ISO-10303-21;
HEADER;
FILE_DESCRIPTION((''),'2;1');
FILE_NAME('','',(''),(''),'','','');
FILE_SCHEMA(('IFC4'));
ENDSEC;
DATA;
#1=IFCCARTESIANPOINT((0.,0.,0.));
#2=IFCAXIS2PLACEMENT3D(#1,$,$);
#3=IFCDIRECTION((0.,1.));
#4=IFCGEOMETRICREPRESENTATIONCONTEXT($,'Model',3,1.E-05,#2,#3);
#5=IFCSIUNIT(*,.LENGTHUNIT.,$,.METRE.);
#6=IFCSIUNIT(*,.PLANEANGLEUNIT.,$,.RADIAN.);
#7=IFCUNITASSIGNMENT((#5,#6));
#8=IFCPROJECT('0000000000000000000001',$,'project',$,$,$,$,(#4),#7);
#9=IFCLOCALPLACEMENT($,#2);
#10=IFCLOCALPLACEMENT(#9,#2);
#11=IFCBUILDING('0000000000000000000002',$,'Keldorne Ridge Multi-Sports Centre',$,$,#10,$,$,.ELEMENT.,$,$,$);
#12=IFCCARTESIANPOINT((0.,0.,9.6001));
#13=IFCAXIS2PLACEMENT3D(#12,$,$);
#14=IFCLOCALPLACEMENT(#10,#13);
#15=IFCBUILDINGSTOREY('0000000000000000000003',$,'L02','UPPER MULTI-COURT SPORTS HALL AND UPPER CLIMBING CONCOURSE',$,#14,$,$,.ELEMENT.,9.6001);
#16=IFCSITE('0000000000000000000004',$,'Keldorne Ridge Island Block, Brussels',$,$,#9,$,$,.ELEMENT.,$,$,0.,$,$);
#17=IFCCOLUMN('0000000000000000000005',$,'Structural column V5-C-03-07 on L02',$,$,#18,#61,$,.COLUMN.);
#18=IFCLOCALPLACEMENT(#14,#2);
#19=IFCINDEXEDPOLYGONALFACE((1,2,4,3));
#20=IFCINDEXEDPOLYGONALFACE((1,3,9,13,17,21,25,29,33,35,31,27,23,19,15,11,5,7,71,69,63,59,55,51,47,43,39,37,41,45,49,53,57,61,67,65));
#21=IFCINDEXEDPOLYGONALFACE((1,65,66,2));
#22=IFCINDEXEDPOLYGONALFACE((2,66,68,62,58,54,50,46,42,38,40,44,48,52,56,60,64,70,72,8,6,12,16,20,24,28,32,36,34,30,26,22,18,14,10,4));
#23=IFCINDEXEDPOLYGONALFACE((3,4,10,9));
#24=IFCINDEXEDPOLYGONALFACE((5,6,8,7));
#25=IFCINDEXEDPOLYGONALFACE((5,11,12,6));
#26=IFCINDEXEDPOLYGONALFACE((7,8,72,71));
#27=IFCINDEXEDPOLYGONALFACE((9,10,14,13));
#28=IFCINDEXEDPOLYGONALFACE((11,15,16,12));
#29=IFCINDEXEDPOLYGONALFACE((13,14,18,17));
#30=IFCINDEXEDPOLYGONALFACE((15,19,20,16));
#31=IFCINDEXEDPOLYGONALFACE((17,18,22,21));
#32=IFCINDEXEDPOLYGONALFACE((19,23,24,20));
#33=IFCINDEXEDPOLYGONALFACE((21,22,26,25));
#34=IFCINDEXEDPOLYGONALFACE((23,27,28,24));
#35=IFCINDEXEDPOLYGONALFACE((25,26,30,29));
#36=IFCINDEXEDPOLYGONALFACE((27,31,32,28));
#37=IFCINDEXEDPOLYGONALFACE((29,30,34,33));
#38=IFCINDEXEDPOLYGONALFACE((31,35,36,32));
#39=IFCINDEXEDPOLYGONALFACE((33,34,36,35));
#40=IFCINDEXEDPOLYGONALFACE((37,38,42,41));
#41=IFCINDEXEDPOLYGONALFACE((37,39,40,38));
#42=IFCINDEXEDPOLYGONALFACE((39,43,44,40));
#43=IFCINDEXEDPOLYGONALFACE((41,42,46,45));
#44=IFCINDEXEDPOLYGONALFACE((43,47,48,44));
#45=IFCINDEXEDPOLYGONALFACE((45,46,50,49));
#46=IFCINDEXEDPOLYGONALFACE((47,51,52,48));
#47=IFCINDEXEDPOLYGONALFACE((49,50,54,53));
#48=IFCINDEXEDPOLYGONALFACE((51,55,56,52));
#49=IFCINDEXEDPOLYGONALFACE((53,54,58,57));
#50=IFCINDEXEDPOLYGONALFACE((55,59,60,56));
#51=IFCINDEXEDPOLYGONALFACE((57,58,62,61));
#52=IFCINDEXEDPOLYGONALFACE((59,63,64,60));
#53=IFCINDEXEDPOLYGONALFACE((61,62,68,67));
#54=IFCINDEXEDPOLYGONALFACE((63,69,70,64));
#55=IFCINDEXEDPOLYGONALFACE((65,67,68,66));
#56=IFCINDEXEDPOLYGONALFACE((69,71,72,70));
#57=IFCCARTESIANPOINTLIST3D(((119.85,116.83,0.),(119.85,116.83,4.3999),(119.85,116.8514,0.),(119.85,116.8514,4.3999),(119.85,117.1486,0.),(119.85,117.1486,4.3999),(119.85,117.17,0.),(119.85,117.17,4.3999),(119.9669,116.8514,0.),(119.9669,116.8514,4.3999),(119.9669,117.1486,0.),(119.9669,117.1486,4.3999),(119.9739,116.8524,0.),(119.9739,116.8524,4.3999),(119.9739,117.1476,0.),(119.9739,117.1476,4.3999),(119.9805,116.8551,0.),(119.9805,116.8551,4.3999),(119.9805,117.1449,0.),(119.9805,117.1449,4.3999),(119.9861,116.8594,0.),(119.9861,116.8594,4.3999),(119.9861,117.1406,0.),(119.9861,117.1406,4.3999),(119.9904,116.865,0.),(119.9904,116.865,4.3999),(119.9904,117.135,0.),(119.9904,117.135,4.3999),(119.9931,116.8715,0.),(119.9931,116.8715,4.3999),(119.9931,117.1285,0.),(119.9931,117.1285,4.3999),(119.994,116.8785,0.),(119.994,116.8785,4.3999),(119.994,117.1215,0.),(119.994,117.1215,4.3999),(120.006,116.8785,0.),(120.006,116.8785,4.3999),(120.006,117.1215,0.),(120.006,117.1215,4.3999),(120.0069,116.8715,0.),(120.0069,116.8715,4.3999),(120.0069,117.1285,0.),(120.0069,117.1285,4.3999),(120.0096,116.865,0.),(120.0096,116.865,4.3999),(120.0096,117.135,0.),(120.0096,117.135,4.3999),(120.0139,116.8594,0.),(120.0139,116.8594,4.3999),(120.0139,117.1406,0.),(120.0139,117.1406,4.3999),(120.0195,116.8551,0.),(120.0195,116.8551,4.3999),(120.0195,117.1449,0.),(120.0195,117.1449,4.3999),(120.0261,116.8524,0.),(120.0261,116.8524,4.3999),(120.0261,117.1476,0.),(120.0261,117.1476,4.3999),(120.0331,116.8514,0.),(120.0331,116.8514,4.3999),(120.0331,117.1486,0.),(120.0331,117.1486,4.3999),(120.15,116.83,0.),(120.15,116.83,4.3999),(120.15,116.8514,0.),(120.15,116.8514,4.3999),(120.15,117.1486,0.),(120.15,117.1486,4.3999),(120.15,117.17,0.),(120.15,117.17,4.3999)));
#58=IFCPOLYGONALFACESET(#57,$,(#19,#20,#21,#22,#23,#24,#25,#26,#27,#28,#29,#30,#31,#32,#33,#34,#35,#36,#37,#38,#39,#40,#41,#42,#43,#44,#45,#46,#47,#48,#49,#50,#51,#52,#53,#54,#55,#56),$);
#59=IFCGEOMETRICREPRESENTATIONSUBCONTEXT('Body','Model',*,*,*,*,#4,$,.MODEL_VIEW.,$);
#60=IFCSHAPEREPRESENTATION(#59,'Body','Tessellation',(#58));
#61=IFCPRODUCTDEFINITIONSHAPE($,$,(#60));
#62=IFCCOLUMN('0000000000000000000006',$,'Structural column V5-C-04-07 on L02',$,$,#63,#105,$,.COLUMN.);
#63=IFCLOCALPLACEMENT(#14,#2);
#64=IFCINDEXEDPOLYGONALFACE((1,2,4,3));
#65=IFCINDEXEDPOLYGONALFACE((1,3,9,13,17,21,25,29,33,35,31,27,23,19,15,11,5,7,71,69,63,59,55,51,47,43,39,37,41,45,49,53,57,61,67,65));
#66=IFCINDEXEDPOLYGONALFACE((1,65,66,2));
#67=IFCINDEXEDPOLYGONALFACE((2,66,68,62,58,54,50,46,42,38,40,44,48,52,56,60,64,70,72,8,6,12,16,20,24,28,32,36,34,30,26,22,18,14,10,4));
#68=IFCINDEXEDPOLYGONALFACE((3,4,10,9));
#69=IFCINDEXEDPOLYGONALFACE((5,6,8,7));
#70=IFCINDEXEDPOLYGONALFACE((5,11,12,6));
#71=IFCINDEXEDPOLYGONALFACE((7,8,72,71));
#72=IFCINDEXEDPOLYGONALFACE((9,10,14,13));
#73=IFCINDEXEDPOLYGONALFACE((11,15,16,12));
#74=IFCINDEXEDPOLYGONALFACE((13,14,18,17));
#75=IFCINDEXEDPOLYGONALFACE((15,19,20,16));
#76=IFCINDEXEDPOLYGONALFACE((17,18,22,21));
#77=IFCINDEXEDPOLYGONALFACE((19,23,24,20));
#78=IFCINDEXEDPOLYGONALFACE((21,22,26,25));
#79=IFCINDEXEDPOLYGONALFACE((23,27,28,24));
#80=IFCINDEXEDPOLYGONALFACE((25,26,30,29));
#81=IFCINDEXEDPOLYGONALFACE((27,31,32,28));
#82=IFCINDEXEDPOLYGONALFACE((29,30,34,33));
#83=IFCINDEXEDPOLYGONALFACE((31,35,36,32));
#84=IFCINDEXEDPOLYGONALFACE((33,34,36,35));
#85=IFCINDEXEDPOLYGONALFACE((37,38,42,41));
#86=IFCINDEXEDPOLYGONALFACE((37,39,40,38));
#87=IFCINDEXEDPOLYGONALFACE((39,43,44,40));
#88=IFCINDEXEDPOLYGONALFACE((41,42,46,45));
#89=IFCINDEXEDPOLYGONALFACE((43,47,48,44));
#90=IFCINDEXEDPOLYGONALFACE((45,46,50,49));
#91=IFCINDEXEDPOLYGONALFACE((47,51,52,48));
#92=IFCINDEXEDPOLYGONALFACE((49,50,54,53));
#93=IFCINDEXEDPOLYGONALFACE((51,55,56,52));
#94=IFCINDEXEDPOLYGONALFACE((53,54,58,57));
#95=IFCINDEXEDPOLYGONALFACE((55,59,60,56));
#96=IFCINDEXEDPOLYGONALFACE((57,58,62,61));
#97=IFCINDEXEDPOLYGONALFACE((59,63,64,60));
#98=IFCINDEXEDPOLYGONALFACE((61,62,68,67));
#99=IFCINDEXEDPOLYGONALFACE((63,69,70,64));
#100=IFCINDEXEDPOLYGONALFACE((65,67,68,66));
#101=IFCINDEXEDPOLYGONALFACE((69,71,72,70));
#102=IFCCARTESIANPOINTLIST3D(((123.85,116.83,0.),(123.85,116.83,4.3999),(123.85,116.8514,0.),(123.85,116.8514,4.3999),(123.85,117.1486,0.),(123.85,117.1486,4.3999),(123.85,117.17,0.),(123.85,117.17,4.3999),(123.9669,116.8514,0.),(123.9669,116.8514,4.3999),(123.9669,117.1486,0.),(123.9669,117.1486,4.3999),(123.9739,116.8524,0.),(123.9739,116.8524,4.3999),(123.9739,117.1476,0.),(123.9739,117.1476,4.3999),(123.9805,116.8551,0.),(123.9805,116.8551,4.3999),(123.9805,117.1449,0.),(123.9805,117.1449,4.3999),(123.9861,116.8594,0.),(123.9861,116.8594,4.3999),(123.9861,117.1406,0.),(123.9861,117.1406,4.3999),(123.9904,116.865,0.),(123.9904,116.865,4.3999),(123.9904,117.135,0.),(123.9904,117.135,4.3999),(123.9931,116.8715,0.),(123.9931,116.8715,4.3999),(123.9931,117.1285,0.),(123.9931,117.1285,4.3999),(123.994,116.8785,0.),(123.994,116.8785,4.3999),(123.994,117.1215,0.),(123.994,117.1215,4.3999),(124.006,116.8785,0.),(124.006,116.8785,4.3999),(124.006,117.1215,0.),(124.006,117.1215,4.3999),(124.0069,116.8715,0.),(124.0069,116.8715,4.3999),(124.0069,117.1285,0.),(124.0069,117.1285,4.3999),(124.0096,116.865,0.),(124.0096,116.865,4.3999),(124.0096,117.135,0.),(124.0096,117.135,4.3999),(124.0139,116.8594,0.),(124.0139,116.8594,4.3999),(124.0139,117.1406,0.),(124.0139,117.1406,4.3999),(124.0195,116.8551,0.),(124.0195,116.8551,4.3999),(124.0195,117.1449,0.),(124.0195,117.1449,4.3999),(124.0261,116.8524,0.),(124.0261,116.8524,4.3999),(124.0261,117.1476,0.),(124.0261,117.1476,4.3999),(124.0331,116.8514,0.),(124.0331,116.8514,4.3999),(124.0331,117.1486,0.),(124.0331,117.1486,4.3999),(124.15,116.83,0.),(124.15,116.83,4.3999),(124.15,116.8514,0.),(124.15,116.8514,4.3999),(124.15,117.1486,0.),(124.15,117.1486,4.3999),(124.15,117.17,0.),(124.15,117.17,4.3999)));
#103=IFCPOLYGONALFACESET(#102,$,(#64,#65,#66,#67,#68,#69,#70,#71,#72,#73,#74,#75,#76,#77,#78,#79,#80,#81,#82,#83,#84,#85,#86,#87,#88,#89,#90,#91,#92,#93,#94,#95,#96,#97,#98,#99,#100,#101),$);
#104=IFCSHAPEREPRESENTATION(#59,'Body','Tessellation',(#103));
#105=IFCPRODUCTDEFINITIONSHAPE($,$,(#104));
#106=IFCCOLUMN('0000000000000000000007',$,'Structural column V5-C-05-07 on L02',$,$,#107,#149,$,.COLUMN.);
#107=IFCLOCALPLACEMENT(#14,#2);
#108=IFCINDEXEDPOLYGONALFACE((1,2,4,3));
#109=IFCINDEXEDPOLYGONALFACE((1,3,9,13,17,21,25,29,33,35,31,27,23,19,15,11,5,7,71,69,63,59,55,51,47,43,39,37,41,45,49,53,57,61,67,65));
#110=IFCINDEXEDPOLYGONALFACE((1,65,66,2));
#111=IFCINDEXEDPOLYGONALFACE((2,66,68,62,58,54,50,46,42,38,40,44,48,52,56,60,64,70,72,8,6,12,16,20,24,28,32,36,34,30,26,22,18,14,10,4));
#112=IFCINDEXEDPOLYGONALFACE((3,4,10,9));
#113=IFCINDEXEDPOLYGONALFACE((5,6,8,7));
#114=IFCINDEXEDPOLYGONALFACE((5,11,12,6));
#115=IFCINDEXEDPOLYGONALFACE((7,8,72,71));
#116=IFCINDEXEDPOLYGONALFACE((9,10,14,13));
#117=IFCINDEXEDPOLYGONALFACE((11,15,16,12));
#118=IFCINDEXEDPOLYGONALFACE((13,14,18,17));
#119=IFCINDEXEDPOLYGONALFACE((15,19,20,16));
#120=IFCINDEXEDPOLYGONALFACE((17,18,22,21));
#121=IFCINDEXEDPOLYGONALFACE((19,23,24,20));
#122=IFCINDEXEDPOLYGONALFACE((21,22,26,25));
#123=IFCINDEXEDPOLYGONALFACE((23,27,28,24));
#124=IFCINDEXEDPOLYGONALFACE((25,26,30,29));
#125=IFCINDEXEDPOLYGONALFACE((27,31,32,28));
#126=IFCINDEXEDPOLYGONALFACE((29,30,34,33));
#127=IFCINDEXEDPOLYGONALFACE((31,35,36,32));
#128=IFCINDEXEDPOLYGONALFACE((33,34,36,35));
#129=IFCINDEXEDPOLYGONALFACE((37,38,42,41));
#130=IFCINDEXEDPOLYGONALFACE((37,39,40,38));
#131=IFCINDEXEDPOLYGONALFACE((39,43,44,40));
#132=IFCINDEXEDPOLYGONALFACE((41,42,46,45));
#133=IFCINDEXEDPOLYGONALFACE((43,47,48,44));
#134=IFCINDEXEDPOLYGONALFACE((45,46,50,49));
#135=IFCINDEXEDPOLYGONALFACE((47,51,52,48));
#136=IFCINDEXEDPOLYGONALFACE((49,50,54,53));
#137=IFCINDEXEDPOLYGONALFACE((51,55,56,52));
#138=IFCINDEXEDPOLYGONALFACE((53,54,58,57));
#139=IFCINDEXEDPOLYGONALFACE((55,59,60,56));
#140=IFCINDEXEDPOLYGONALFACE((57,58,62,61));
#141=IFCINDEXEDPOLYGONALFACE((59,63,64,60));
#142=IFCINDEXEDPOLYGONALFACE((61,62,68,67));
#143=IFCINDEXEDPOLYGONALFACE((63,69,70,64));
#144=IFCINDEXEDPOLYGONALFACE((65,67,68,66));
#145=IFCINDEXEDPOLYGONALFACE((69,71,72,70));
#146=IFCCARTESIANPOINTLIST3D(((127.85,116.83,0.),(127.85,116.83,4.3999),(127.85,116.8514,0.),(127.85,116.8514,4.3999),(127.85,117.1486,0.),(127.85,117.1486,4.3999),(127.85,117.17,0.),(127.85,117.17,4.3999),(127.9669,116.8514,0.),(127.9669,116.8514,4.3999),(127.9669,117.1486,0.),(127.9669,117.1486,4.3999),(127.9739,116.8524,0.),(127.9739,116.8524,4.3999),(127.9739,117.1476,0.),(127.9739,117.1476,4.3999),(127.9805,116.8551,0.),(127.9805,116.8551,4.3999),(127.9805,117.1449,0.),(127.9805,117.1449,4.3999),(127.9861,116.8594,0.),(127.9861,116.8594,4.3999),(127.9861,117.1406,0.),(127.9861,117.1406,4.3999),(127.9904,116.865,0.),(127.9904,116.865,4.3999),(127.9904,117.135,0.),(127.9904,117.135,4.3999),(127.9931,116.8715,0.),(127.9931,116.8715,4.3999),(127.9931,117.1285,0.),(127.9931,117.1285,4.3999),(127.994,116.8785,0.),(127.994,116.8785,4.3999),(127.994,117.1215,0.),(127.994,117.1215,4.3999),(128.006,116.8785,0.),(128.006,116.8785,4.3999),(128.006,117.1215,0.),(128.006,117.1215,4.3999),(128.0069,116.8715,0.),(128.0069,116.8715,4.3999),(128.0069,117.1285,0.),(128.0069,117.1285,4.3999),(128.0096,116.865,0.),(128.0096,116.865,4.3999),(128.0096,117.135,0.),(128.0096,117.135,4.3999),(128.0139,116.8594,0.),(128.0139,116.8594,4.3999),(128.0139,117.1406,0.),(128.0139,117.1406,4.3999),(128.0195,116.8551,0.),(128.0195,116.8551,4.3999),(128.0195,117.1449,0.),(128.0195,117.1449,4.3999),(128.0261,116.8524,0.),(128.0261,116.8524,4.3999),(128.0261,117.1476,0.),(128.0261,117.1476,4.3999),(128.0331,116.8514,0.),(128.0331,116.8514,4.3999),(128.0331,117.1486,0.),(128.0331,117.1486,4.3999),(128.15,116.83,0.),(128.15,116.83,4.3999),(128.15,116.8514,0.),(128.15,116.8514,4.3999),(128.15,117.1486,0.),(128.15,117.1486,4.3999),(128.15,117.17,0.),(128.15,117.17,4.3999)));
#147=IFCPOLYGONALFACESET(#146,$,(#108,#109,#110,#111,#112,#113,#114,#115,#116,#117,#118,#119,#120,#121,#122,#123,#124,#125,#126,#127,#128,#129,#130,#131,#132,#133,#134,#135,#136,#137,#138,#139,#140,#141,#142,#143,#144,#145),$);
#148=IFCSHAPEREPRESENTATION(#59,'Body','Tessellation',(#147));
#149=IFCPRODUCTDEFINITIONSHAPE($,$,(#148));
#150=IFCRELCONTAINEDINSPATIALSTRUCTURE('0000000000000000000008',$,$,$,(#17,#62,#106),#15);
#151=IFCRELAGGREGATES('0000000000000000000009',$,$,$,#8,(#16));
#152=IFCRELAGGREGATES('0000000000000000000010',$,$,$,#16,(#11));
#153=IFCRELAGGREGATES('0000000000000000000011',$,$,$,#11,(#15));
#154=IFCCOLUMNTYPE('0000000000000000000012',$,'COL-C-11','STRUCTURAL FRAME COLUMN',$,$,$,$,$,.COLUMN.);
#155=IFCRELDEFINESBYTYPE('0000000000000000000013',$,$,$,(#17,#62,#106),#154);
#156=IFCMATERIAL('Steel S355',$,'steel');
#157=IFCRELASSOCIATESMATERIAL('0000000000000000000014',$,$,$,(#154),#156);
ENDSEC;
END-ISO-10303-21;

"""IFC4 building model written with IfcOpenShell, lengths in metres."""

from ifc_helpers import new_model, si_unit, direction, frame, origin, origin_2d, place, context, subcontext, project, spatial, i_section, extrude, material, material_profile, profile_set, type_object, element, save


model = new_model("IFC4")

# Units and contexts
model_context = context("Model", 3, precision=1e-05, world=origin(), true_north=direction((0.0, 1.0)))
body_context = subcontext(model_context, "Body", "Model", "MODEL_VIEW")
ifc_project = project(units=[si_unit("LENGTHUNIT", "METRE"), si_unit("PLANEANGLEUNIT", "RADIAN")], contexts=[model_context])

# Site, building, storey
site_placement = place(None, origin())
site = spatial("IfcSite", under=ifc_project, at=site_placement, Name="Keldorne Ridge Island Block, Brussels", CompositionType="ELEMENT", RefElevation=0.0)
building_placement = place(site_placement, origin())
building = spatial("IfcBuilding", under=site, at=building_placement, Name="Keldorne Ridge Multi-Sports Centre", CompositionType="ELEMENT")
storey_placement = place(building_placement, frame((0.0, 0.0, 9.6001)))
storey = spatial("IfcBuildingStorey", under=building, at=storey_placement, Name="L02", Description="UPPER MULTI-COURT SPORTS HALL AND UPPER CLIMBING CONCOURSE", CompositionType="ELEMENT", Elevation=9.6001)

# Columns
ifc_material_1 = material(Name="Steel S355", Category="steel")
ifc_material_profile_1 = material_profile(ifc_material_1, i_section(OverallWidth=0.3, OverallDepth=0.3401, WebThickness=0.012, FlangeThickness=0.0215, FilletRadius=0.0271, at=origin_2d()), Name="HEB 340")
ifc_profile_set_1 = profile_set([ifc_material_profile_1], Name="Steel S355")
column_type = type_object("IfcColumnType", Name="COL-C-11", Description="STRUCTURAL FRAME COLUMN", PredefinedType="COLUMN", material=ifc_profile_set_1)
for number, where, z_axis, x_axis, name in (
    (1, (120.0, 117.0, 0.0), (0.0, 0.0, 1.0), (1.0, 0.0, 0.0), "Structural column V5-C-03-07 on L02"),
    (2, (124.0, 117.0, 0.0), (0.0, 0.0, 1.0), (1.0, 0.0, 0.0), "Structural column V5-C-04-07 on L02"),
    (3, (128.0, 117.0, 0.0), (0.0, 0.0, 1.0), (1.0, 0.0, 0.0), "Structural column V5-C-05-07 on L02"),
):
    element("IfcColumn", number, at=place(storey_placement, frame(where, z_axis=z_axis, x_axis=x_axis)), inside=storey, type_object=column_type, Name=name, PredefinedType="COLUMN", context=body_context, shape_type="SweptSolid", body=[
        extrude(i_section(OverallWidth=0.3, OverallDepth=0.3401, WebThickness=0.012, FlangeThickness=0.0215, FilletRadius=0.0271, at=origin_2d()), origin(), (0.0, 0.0, 1.0), 4.3999),
    ])

save(model, "model.ifc")
